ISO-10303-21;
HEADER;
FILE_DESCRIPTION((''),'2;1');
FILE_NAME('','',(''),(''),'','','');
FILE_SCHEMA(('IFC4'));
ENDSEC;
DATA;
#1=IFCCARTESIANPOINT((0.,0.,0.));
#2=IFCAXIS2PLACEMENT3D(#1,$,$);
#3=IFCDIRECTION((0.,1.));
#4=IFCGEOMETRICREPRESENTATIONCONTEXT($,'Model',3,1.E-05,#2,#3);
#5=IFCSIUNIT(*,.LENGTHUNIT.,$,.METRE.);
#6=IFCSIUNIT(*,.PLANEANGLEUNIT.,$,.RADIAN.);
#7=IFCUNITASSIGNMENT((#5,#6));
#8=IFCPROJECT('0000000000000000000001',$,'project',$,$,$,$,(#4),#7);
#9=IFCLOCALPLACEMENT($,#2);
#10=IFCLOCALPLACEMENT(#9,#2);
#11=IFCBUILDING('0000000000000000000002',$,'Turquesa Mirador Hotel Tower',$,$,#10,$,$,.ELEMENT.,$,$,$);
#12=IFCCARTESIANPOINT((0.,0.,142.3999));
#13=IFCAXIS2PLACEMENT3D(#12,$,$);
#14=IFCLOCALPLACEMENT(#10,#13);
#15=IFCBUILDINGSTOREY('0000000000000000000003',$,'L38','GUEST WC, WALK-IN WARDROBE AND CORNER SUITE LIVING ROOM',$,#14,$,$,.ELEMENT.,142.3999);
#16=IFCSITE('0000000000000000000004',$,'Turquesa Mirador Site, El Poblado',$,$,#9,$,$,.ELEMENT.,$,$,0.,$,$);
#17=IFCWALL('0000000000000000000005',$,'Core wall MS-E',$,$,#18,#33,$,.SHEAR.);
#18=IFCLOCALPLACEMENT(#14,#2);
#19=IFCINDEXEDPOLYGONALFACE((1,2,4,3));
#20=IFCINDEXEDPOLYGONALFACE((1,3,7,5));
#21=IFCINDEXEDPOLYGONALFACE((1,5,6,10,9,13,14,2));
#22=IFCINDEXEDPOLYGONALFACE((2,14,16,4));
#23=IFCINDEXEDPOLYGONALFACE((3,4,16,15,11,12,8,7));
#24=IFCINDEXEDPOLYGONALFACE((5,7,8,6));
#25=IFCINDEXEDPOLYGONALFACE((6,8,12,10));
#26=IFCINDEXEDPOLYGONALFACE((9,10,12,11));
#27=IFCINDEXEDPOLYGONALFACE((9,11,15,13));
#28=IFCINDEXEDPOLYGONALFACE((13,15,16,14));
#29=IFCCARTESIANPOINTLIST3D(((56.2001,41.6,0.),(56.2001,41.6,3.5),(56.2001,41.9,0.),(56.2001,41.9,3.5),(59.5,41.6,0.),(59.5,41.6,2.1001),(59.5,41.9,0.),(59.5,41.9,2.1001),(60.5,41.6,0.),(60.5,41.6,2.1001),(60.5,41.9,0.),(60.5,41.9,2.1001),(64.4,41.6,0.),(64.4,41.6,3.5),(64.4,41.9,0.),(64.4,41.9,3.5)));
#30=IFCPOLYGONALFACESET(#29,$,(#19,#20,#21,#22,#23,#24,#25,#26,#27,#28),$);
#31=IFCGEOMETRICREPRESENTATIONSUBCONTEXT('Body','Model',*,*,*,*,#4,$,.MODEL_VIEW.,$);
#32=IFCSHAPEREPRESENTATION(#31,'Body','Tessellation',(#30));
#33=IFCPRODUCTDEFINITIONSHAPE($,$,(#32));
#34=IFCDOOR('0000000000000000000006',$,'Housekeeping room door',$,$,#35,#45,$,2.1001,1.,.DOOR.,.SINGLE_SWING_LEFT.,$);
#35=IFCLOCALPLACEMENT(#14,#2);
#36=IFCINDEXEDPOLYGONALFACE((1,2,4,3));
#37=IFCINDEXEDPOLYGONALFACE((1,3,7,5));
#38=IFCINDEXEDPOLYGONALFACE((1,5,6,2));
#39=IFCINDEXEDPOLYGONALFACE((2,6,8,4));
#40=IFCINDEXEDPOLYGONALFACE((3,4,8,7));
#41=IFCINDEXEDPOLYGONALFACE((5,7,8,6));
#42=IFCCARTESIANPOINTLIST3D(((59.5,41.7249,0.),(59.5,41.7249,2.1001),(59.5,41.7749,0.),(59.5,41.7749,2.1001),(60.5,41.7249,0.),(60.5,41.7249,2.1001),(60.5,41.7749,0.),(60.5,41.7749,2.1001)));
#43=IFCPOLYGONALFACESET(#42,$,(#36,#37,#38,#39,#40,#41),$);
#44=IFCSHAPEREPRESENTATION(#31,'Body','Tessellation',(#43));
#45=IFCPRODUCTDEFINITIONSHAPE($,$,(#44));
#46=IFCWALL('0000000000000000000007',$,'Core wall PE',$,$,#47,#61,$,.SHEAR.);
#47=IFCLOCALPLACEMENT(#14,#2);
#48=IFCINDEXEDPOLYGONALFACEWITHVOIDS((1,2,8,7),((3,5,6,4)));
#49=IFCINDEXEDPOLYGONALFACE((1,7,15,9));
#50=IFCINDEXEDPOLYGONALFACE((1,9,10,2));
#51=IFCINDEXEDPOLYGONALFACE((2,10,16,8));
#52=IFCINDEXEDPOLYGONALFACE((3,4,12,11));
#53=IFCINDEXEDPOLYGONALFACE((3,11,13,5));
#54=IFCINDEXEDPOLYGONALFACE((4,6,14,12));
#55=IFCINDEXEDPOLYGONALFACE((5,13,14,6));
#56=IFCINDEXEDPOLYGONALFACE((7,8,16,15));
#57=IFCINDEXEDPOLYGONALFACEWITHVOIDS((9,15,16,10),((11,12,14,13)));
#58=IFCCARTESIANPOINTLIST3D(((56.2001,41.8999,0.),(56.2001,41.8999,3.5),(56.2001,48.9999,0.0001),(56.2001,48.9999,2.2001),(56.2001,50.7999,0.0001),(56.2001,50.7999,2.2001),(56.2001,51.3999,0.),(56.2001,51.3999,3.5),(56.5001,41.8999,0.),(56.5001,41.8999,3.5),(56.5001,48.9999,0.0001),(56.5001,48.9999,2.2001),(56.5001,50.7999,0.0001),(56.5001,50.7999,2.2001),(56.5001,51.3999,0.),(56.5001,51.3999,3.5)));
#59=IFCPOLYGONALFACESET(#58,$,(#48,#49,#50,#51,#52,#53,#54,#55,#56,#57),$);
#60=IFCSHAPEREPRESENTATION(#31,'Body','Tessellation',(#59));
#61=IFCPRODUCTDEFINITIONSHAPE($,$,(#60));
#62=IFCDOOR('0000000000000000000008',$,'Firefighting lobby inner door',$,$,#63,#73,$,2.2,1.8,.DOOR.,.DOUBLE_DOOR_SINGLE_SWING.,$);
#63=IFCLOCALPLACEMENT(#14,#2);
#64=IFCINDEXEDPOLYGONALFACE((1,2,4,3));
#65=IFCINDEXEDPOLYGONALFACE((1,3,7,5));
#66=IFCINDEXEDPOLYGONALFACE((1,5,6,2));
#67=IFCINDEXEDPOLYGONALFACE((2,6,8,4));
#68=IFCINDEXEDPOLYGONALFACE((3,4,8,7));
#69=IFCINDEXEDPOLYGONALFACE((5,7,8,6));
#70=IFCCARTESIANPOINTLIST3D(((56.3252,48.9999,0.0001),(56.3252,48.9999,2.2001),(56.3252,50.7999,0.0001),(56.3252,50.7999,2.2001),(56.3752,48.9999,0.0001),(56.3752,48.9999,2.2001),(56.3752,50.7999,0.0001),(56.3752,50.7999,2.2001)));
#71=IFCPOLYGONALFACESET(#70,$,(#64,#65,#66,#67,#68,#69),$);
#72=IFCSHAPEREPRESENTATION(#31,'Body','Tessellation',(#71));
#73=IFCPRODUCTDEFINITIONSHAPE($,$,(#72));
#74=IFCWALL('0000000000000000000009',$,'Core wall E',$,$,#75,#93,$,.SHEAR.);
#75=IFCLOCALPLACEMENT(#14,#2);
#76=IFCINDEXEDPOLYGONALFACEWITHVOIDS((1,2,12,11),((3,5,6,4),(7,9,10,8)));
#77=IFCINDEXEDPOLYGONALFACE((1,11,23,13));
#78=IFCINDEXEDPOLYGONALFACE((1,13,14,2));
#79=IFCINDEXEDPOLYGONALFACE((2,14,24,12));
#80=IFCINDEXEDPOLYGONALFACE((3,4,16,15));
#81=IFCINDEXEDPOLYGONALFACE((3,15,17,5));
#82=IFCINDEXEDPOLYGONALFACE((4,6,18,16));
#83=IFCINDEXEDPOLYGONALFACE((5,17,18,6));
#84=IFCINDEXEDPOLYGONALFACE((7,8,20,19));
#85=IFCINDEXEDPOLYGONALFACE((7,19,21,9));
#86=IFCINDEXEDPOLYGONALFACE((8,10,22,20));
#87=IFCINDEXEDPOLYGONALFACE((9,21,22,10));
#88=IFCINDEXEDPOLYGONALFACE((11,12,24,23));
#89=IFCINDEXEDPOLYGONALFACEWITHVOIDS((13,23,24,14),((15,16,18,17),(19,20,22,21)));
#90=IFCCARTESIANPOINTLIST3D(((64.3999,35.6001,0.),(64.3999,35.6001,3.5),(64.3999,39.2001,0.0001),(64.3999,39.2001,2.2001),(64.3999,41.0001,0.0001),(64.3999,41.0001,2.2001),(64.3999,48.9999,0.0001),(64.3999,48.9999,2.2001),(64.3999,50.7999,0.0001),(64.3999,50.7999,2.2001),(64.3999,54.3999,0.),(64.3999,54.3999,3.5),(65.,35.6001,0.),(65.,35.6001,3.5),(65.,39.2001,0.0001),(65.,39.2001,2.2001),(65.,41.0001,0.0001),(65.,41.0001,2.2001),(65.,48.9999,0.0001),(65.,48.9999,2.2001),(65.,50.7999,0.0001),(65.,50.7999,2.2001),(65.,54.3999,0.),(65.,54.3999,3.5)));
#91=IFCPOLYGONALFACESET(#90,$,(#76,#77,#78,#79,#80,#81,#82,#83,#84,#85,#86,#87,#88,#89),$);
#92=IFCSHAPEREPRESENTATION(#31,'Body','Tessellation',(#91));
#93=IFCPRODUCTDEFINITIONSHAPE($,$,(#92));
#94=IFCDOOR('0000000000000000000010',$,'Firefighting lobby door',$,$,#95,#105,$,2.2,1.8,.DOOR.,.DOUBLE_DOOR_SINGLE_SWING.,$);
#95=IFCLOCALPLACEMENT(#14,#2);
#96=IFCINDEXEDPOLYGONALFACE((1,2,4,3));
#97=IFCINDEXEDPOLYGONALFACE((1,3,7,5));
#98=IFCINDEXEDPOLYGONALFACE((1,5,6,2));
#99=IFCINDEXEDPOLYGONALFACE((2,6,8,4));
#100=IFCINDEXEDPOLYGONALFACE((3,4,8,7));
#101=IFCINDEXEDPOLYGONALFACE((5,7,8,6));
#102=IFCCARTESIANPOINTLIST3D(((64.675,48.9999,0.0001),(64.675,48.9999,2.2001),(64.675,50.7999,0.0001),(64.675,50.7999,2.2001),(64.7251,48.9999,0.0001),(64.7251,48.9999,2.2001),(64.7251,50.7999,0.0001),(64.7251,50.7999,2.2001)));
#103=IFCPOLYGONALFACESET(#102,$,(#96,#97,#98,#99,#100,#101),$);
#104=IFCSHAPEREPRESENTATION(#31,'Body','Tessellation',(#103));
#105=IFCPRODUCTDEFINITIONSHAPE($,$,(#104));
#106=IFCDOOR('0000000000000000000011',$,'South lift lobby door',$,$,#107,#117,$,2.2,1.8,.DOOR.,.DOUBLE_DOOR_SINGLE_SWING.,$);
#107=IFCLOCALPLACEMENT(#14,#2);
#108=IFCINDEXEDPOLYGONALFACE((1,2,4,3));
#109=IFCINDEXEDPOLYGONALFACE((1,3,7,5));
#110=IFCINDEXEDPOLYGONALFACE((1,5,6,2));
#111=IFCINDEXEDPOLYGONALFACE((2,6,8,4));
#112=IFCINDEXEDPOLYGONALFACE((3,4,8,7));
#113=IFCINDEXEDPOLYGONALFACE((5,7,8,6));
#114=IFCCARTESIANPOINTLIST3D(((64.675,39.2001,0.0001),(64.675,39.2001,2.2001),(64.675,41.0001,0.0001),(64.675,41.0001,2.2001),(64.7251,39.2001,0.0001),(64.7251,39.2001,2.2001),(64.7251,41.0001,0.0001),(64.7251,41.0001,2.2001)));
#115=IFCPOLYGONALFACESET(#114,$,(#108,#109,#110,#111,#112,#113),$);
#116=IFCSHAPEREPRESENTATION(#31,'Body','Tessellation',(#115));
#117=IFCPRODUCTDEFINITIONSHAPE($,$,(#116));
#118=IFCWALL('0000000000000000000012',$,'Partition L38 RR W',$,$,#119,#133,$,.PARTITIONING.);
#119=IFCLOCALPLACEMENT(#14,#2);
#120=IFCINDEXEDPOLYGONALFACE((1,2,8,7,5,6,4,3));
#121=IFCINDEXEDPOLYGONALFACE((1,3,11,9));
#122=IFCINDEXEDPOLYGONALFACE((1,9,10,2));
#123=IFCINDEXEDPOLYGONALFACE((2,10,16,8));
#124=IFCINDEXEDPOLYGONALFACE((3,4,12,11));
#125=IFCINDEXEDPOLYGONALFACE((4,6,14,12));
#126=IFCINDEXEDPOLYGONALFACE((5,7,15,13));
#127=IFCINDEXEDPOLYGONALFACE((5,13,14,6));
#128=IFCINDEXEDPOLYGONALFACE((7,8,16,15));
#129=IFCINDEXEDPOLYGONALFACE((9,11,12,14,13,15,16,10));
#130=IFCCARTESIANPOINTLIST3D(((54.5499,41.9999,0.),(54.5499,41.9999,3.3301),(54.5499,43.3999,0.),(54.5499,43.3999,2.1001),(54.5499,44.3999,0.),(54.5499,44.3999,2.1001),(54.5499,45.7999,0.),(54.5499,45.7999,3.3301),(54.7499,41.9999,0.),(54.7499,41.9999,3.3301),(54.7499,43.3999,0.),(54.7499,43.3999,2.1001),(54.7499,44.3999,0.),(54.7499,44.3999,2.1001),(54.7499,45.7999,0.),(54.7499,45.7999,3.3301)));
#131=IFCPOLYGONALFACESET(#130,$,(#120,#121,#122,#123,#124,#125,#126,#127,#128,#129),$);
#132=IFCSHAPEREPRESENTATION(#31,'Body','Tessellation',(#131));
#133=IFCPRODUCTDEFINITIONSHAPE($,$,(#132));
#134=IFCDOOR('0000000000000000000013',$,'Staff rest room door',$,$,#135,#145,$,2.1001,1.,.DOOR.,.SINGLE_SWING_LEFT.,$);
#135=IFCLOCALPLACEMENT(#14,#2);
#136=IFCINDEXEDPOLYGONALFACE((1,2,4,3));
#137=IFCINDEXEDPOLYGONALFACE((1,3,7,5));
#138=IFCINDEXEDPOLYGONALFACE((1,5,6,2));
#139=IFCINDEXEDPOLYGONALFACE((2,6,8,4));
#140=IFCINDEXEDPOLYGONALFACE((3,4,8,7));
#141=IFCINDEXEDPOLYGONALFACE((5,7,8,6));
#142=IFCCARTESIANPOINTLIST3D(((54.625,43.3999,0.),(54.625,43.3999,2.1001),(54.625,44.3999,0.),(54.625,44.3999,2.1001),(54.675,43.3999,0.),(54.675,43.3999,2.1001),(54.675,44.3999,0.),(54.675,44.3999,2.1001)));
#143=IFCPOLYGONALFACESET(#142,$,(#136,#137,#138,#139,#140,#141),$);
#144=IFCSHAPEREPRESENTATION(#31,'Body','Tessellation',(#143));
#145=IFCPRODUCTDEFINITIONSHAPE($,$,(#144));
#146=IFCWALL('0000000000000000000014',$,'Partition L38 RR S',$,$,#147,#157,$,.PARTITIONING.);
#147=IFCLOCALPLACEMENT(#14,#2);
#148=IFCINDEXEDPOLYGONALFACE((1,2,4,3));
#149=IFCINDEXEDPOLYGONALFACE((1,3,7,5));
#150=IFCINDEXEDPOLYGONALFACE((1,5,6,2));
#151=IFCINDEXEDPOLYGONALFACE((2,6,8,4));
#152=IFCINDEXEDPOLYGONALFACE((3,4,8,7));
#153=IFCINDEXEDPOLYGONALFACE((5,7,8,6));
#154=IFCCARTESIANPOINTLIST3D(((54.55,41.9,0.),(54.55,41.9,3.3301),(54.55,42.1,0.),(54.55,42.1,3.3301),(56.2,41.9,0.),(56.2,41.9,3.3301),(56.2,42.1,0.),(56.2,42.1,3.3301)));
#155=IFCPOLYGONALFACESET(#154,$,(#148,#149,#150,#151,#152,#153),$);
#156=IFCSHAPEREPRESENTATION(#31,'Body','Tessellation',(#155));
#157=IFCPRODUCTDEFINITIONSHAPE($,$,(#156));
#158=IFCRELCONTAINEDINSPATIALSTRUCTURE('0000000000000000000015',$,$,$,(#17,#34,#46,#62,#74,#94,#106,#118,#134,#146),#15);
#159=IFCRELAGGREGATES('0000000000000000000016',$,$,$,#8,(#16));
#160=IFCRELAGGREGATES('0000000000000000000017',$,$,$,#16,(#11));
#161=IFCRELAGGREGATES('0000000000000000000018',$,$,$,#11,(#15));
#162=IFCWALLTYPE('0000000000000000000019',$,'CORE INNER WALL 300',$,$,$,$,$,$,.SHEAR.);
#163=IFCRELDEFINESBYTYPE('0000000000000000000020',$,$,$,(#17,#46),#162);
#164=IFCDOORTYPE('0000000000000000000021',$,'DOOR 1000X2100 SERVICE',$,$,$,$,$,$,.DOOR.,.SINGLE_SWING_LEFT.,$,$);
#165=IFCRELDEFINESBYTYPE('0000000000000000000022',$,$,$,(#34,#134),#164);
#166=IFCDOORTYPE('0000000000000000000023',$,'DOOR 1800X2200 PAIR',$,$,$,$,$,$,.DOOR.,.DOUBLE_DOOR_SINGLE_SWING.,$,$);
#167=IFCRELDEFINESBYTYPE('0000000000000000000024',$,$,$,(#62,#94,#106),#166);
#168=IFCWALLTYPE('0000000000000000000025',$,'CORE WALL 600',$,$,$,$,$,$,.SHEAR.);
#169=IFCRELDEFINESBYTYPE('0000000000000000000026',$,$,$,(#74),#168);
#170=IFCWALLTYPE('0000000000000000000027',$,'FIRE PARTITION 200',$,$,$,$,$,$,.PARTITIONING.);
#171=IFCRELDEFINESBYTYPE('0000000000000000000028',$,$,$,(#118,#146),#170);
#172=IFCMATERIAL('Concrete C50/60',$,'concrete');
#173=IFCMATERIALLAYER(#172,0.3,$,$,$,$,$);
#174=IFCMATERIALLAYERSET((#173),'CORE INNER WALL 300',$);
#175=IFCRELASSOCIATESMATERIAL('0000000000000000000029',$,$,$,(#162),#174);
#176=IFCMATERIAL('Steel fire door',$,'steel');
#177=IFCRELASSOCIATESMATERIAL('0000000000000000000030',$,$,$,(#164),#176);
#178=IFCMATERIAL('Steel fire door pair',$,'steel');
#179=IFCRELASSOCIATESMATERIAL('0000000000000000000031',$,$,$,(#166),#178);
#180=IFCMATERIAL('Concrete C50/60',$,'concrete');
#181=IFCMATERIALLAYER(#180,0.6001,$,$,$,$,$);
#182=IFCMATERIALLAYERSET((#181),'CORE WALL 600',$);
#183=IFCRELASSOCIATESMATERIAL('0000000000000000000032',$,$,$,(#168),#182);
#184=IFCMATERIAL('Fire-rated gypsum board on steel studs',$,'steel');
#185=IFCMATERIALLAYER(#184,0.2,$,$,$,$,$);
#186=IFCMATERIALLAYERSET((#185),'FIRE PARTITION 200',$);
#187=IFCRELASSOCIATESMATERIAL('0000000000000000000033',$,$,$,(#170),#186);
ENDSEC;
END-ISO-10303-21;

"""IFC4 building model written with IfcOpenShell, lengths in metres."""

from ifc_helpers import new_model, si_unit, direction, frame, frame_2d, origin, place, context, subcontext, project, spatial, rectangle, extrude, material, layer, layer_set, type_object, element, fill, save


model = new_model("IFC4")

# Units and contexts
model_context = context("Model", 3, precision=1e-05, world=origin(), true_north=direction((0.0, 1.0)))
body_context = subcontext(model_context, "Body", "Model", "MODEL_VIEW")
ifc_project = project(units=[si_unit("LENGTHUNIT", "METRE"), si_unit("PLANEANGLEUNIT", "RADIAN")], contexts=[model_context])

# Site, building, storey
site_placement = place(None, origin())
site = spatial("IfcSite", under=ifc_project, at=site_placement, Name="Turquesa Mirador Site, El Poblado", CompositionType="ELEMENT", RefElevation=0.0)
building_placement = place(site_placement, origin())
building = spatial("IfcBuilding", under=site, at=building_placement, Name="Turquesa Mirador Hotel Tower", CompositionType="ELEMENT")
storey_placement = place(building_placement, frame((0.0, 0.0, 142.3999)))
storey = spatial("IfcBuildingStorey", under=building, at=storey_placement, Name="L38", Description="GUEST WC, WALK-IN WARDROBE AND CORNER SUITE LIVING ROOM", CompositionType="ELEMENT", Elevation=142.3999)

# Walls, openings, doors
ifc_material_1 = material(Name="Concrete C50/60", Category="concrete")
ifc_layer_1 = layer(ifc_material_1, 0.3)
ifc_layer_set_1 = layer_set([ifc_layer_1], Name="CORE INNER WALL 300")
wall_type_1 = type_object("IfcWallType", Name="CORE INNER WALL 300", PredefinedType="SHEAR", material=ifc_layer_set_1)
wall_1_placement = place(storey_placement, frame((56.2, 41.75, 0.0), z_axis=(0.0, 0.0, 1.0), x_axis=(1.0, 0.0, 0.0)))
wall_1 = element("IfcWall", 1, at=wall_1_placement, inside=storey, type_object=wall_type_1, Name="Core wall MS-E", PredefinedType="SHEAR", context=body_context, shape_type="SweptSolid", body=[
    extrude(rectangle(XDim=8.2, YDim=0.3, at=frame_2d((4.1001, 0.0))), origin(), (0.0, 0.0, 1.0), 3.5),
])
opening_1_placement = place(wall_1_placement, frame((3.3, 0.0, 0.0)))
opening_1 = element("IfcOpeningElement", 2, at=opening_1_placement, cuts=wall_1, PredefinedType="OPENING", context=body_context, shape_type="SweptSolid", body=[
    extrude(rectangle(XDim=1.0, YDim=2.1001, at=frame_2d((0.5, 1.05))), frame((0.0, 0.1599, 0.0), z_axis=(0.0, -1.0, 0.0), x_axis=(1.0, 0.0, 0.0)), (0.0, 0.0, 1.0), 0.3201),
])
ifc_material_2 = material(Name="Steel fire door", Category="steel")
door_type_1 = type_object("IfcDoorType", Name="DOOR 1000X2100 SERVICE", OperationType="SINGLE_SWING_LEFT", PredefinedType="DOOR", material=ifc_material_2)
door_1_placement = place(opening_1_placement, origin())
door_1 = element("IfcDoor", 3, at=door_1_placement, inside=storey, type_object=door_type_1, Name="Housekeeping room door", OperationType="SINGLE_SWING_LEFT", OverallHeight=2.1001, OverallWidth=1.0, PredefinedType="DOOR", context=body_context, shape_type="SweptSolid", body=[
    extrude(rectangle(XDim=1.0, YDim=2.1001, at=frame_2d((0.5, 1.05))), frame((0.0, 0.0249, 0.0), z_axis=(0.0, -1.0, 0.0), x_axis=(1.0, 0.0, 0.0)), (0.0, 0.0, 1.0), 0.05),
])
fill(opening_1, door_1)
wall_2_placement = place(storey_placement, frame((56.3501, 41.8999, 0.0), z_axis=(0.0, 0.0, 1.0), x_axis=(0.0, 1.0, 0.0)))
wall_2 = element("IfcWall", 4, at=wall_2_placement, inside=storey, type_object=wall_type_1, Name="Core wall PE", PredefinedType="SHEAR", context=body_context, shape_type="SweptSolid", body=[
    extrude(rectangle(XDim=9.5, YDim=0.3, at=frame_2d((4.75, 0.0))), origin(), (0.0, 0.0, 1.0), 3.5),
])
opening_2_placement = place(wall_2_placement, frame((7.1001, 0.0, 0.0)))
opening_2 = element("IfcOpeningElement", 5, at=opening_2_placement, cuts=wall_2, PredefinedType="OPENING", context=body_context, shape_type="SweptSolid", body=[
    extrude(rectangle(XDim=1.8, YDim=2.2, at=frame_2d((0.8999, 1.1001))), frame((0.0, 0.1599, 0.0), z_axis=(0.0, -1.0, 0.0), x_axis=(1.0, 0.0, 0.0)), (0.0, 0.0, 1.0), 0.3201),
])
ifc_material_3 = material(Name="Steel fire door pair", Category="steel")
door_type_2 = type_object("IfcDoorType", Name="DOOR 1800X2200 PAIR", OperationType="DOUBLE_DOOR_SINGLE_SWING", PredefinedType="DOOR", material=ifc_material_3)
door_2_placement = place(opening_2_placement, origin())
door_2 = element("IfcDoor", 6, at=door_2_placement, inside=storey, type_object=door_type_2, Name="Firefighting lobby inner door", OperationType="DOUBLE_DOOR_SINGLE_SWING", OverallHeight=2.2, OverallWidth=1.8, PredefinedType="DOOR", context=body_context, shape_type="SweptSolid", body=[
    extrude(rectangle(XDim=1.8, YDim=2.2, at=frame_2d((0.8999, 1.1001))), frame((0.0, 0.0249, 0.0), z_axis=(0.0, -1.0, 0.0), x_axis=(1.0, 0.0, 0.0)), (0.0, 0.0, 1.0), 0.05),
])
fill(opening_2, door_2)

# Wall, openings, doors
ifc_material_4 = material(Name="Concrete C50/60", Category="concrete")
ifc_layer_2 = layer(ifc_material_4, 0.6001)
ifc_layer_set_2 = layer_set([ifc_layer_2], Name="CORE WALL 600")
wall_type_2 = type_object("IfcWallType", Name="CORE WALL 600", PredefinedType="SHEAR", material=ifc_layer_set_2)
wall_3_placement = place(storey_placement, frame((64.7, 35.6001, 0.0), z_axis=(0.0, 0.0, 1.0), x_axis=(0.0, 1.0, 0.0)))
wall_3 = element("IfcWall", 7, at=wall_3_placement, inside=storey, type_object=wall_type_2, Name="Core wall E", PredefinedType="SHEAR", context=body_context, shape_type="SweptSolid", body=[
    extrude(rectangle(XDim=18.7998, YDim=0.6001, at=frame_2d((9.3999, 0.0))), origin(), (0.0, 0.0, 1.0), 3.5),
])
opening_3_placement = place(wall_3_placement, frame((13.3999, 0.0, 0.0)))
opening_3 = element("IfcOpeningElement", 8, at=opening_3_placement, cuts=wall_3, PredefinedType="OPENING", context=body_context, shape_type="SweptSolid", body=[
    extrude(rectangle(XDim=1.8, YDim=2.2, at=frame_2d((0.8999, 1.1001))), frame((0.0, 0.3101, 0.0), z_axis=(0.0, -1.0, 0.0), x_axis=(1.0, 0.0, 0.0)), (0.0, 0.0, 1.0), 0.6201),
])
opening_4_placement = place(wall_3_placement, frame((3.6001, 0.0, 0.0)))
opening_4 = element("IfcOpeningElement", 9, at=opening_4_placement, cuts=wall_3, PredefinedType="OPENING", context=body_context, shape_type="SweptSolid", body=[
    extrude(rectangle(XDim=1.8, YDim=2.2, at=frame_2d((0.8999, 1.1001))), frame((0.0, 0.3101, 0.0), z_axis=(0.0, -1.0, 0.0), x_axis=(1.0, 0.0, 0.0)), (0.0, 0.0, 1.0), 0.6201),
])
door_3_placement = place(opening_3_placement, origin())
door_3 = element("IfcDoor", 10, at=door_3_placement, inside=storey, type_object=door_type_2, Name="Firefighting lobby door", OperationType="DOUBLE_DOOR_SINGLE_SWING", OverallHeight=2.2, OverallWidth=1.8, PredefinedType="DOOR", context=body_context, shape_type="SweptSolid", body=[
    extrude(rectangle(XDim=1.8, YDim=2.2, at=frame_2d((0.8999, 1.1001))), frame((0.0, 0.0249, 0.0), z_axis=(0.0, -1.0, 0.0), x_axis=(1.0, 0.0, 0.0)), (0.0, 0.0, 1.0), 0.05),
])
fill(opening_3, door_3)
door_4_placement = place(opening_4_placement, origin())
door_4 = element("IfcDoor", 11, at=door_4_placement, inside=storey, type_object=door_type_2, Name="South lift lobby door", OperationType="DOUBLE_DOOR_SINGLE_SWING", OverallHeight=2.2, OverallWidth=1.8, PredefinedType="DOOR", context=body_context, shape_type="SweptSolid", body=[
    extrude(rectangle(XDim=1.8, YDim=2.2, at=frame_2d((0.8999, 1.1001))), frame((0.0, 0.0249, 0.0), z_axis=(0.0, -1.0, 0.0), x_axis=(1.0, 0.0, 0.0)), (0.0, 0.0, 1.0), 0.05),
])
fill(opening_4, door_4)

# Wall, opening, door
ifc_material_5 = material(Name="Fire-rated gypsum board on steel studs", Category="steel")
ifc_layer_3 = layer(ifc_material_5, 0.2)
ifc_layer_set_3 = layer_set([ifc_layer_3], Name="FIRE PARTITION 200")
wall_type_3 = type_object("IfcWallType", Name="FIRE PARTITION 200", PredefinedType="PARTITIONING", material=ifc_layer_set_3)
wall_4_placement = place(storey_placement, frame((54.6499, 42.0, 0.0), z_axis=(0.0, 0.0, 1.0), x_axis=(0.0, 1.0, 0.0)))
wall_4 = element("IfcWall", 12, at=wall_4_placement, inside=storey, type_object=wall_type_3, Name="Partition L38 RR W", PredefinedType="PARTITIONING", context=body_context, shape_type="SweptSolid", body=[
    extrude(rectangle(XDim=3.8, YDim=0.2, at=frame_2d((1.8999, 0.0))), origin(), (0.0, 0.0, 1.0), 3.3301),
])
opening_5_placement = place(wall_4_placement, frame((1.3999, 0.0, 0.0)))
opening_5 = element("IfcOpeningElement", 13, at=opening_5_placement, cuts=wall_4, PredefinedType="OPENING", context=body_context, shape_type="SweptSolid", body=[
    extrude(rectangle(XDim=1.0, YDim=2.1001, at=frame_2d((0.5, 1.05))), frame((0.0, 0.1099, 0.0), z_axis=(0.0, -1.0, 0.0), x_axis=(1.0, 0.0, 0.0)), (0.0, 0.0, 1.0), 0.22),
])
door_5_placement = place(opening_5_placement, origin())
door_5 = element("IfcDoor", 14, at=door_5_placement, inside=storey, type_object=door_type_1, Name="Staff rest room door", OperationType="SINGLE_SWING_LEFT", OverallHeight=2.1001, OverallWidth=1.0, PredefinedType="DOOR", context=body_context, shape_type="SweptSolid", body=[
    extrude(rectangle(XDim=1.0, YDim=2.1001, at=frame_2d((0.5, 1.05))), frame((0.0, 0.0249, 0.0), z_axis=(0.0, -1.0, 0.0), x_axis=(1.0, 0.0, 0.0)), (0.0, 0.0, 1.0), 0.05),
])
fill(opening_5, door_5)

# Wall
wall_5_placement = place(storey_placement, frame((54.55, 42.0, 0.0), z_axis=(0.0, 0.0, 1.0), x_axis=(1.0, 0.0, 0.0)))
element("IfcWall", 15, at=wall_5_placement, inside=storey, type_object=wall_type_3, Name="Partition L38 RR S", PredefinedType="PARTITIONING", context=body_context, shape_type="SweptSolid", body=[
    extrude(rectangle(XDim=1.6499, YDim=0.2, at=frame_2d((0.825, 0.0))), origin(), (0.0, 0.0, 1.0), 3.3301),
])

save(model, "model.ifc")
